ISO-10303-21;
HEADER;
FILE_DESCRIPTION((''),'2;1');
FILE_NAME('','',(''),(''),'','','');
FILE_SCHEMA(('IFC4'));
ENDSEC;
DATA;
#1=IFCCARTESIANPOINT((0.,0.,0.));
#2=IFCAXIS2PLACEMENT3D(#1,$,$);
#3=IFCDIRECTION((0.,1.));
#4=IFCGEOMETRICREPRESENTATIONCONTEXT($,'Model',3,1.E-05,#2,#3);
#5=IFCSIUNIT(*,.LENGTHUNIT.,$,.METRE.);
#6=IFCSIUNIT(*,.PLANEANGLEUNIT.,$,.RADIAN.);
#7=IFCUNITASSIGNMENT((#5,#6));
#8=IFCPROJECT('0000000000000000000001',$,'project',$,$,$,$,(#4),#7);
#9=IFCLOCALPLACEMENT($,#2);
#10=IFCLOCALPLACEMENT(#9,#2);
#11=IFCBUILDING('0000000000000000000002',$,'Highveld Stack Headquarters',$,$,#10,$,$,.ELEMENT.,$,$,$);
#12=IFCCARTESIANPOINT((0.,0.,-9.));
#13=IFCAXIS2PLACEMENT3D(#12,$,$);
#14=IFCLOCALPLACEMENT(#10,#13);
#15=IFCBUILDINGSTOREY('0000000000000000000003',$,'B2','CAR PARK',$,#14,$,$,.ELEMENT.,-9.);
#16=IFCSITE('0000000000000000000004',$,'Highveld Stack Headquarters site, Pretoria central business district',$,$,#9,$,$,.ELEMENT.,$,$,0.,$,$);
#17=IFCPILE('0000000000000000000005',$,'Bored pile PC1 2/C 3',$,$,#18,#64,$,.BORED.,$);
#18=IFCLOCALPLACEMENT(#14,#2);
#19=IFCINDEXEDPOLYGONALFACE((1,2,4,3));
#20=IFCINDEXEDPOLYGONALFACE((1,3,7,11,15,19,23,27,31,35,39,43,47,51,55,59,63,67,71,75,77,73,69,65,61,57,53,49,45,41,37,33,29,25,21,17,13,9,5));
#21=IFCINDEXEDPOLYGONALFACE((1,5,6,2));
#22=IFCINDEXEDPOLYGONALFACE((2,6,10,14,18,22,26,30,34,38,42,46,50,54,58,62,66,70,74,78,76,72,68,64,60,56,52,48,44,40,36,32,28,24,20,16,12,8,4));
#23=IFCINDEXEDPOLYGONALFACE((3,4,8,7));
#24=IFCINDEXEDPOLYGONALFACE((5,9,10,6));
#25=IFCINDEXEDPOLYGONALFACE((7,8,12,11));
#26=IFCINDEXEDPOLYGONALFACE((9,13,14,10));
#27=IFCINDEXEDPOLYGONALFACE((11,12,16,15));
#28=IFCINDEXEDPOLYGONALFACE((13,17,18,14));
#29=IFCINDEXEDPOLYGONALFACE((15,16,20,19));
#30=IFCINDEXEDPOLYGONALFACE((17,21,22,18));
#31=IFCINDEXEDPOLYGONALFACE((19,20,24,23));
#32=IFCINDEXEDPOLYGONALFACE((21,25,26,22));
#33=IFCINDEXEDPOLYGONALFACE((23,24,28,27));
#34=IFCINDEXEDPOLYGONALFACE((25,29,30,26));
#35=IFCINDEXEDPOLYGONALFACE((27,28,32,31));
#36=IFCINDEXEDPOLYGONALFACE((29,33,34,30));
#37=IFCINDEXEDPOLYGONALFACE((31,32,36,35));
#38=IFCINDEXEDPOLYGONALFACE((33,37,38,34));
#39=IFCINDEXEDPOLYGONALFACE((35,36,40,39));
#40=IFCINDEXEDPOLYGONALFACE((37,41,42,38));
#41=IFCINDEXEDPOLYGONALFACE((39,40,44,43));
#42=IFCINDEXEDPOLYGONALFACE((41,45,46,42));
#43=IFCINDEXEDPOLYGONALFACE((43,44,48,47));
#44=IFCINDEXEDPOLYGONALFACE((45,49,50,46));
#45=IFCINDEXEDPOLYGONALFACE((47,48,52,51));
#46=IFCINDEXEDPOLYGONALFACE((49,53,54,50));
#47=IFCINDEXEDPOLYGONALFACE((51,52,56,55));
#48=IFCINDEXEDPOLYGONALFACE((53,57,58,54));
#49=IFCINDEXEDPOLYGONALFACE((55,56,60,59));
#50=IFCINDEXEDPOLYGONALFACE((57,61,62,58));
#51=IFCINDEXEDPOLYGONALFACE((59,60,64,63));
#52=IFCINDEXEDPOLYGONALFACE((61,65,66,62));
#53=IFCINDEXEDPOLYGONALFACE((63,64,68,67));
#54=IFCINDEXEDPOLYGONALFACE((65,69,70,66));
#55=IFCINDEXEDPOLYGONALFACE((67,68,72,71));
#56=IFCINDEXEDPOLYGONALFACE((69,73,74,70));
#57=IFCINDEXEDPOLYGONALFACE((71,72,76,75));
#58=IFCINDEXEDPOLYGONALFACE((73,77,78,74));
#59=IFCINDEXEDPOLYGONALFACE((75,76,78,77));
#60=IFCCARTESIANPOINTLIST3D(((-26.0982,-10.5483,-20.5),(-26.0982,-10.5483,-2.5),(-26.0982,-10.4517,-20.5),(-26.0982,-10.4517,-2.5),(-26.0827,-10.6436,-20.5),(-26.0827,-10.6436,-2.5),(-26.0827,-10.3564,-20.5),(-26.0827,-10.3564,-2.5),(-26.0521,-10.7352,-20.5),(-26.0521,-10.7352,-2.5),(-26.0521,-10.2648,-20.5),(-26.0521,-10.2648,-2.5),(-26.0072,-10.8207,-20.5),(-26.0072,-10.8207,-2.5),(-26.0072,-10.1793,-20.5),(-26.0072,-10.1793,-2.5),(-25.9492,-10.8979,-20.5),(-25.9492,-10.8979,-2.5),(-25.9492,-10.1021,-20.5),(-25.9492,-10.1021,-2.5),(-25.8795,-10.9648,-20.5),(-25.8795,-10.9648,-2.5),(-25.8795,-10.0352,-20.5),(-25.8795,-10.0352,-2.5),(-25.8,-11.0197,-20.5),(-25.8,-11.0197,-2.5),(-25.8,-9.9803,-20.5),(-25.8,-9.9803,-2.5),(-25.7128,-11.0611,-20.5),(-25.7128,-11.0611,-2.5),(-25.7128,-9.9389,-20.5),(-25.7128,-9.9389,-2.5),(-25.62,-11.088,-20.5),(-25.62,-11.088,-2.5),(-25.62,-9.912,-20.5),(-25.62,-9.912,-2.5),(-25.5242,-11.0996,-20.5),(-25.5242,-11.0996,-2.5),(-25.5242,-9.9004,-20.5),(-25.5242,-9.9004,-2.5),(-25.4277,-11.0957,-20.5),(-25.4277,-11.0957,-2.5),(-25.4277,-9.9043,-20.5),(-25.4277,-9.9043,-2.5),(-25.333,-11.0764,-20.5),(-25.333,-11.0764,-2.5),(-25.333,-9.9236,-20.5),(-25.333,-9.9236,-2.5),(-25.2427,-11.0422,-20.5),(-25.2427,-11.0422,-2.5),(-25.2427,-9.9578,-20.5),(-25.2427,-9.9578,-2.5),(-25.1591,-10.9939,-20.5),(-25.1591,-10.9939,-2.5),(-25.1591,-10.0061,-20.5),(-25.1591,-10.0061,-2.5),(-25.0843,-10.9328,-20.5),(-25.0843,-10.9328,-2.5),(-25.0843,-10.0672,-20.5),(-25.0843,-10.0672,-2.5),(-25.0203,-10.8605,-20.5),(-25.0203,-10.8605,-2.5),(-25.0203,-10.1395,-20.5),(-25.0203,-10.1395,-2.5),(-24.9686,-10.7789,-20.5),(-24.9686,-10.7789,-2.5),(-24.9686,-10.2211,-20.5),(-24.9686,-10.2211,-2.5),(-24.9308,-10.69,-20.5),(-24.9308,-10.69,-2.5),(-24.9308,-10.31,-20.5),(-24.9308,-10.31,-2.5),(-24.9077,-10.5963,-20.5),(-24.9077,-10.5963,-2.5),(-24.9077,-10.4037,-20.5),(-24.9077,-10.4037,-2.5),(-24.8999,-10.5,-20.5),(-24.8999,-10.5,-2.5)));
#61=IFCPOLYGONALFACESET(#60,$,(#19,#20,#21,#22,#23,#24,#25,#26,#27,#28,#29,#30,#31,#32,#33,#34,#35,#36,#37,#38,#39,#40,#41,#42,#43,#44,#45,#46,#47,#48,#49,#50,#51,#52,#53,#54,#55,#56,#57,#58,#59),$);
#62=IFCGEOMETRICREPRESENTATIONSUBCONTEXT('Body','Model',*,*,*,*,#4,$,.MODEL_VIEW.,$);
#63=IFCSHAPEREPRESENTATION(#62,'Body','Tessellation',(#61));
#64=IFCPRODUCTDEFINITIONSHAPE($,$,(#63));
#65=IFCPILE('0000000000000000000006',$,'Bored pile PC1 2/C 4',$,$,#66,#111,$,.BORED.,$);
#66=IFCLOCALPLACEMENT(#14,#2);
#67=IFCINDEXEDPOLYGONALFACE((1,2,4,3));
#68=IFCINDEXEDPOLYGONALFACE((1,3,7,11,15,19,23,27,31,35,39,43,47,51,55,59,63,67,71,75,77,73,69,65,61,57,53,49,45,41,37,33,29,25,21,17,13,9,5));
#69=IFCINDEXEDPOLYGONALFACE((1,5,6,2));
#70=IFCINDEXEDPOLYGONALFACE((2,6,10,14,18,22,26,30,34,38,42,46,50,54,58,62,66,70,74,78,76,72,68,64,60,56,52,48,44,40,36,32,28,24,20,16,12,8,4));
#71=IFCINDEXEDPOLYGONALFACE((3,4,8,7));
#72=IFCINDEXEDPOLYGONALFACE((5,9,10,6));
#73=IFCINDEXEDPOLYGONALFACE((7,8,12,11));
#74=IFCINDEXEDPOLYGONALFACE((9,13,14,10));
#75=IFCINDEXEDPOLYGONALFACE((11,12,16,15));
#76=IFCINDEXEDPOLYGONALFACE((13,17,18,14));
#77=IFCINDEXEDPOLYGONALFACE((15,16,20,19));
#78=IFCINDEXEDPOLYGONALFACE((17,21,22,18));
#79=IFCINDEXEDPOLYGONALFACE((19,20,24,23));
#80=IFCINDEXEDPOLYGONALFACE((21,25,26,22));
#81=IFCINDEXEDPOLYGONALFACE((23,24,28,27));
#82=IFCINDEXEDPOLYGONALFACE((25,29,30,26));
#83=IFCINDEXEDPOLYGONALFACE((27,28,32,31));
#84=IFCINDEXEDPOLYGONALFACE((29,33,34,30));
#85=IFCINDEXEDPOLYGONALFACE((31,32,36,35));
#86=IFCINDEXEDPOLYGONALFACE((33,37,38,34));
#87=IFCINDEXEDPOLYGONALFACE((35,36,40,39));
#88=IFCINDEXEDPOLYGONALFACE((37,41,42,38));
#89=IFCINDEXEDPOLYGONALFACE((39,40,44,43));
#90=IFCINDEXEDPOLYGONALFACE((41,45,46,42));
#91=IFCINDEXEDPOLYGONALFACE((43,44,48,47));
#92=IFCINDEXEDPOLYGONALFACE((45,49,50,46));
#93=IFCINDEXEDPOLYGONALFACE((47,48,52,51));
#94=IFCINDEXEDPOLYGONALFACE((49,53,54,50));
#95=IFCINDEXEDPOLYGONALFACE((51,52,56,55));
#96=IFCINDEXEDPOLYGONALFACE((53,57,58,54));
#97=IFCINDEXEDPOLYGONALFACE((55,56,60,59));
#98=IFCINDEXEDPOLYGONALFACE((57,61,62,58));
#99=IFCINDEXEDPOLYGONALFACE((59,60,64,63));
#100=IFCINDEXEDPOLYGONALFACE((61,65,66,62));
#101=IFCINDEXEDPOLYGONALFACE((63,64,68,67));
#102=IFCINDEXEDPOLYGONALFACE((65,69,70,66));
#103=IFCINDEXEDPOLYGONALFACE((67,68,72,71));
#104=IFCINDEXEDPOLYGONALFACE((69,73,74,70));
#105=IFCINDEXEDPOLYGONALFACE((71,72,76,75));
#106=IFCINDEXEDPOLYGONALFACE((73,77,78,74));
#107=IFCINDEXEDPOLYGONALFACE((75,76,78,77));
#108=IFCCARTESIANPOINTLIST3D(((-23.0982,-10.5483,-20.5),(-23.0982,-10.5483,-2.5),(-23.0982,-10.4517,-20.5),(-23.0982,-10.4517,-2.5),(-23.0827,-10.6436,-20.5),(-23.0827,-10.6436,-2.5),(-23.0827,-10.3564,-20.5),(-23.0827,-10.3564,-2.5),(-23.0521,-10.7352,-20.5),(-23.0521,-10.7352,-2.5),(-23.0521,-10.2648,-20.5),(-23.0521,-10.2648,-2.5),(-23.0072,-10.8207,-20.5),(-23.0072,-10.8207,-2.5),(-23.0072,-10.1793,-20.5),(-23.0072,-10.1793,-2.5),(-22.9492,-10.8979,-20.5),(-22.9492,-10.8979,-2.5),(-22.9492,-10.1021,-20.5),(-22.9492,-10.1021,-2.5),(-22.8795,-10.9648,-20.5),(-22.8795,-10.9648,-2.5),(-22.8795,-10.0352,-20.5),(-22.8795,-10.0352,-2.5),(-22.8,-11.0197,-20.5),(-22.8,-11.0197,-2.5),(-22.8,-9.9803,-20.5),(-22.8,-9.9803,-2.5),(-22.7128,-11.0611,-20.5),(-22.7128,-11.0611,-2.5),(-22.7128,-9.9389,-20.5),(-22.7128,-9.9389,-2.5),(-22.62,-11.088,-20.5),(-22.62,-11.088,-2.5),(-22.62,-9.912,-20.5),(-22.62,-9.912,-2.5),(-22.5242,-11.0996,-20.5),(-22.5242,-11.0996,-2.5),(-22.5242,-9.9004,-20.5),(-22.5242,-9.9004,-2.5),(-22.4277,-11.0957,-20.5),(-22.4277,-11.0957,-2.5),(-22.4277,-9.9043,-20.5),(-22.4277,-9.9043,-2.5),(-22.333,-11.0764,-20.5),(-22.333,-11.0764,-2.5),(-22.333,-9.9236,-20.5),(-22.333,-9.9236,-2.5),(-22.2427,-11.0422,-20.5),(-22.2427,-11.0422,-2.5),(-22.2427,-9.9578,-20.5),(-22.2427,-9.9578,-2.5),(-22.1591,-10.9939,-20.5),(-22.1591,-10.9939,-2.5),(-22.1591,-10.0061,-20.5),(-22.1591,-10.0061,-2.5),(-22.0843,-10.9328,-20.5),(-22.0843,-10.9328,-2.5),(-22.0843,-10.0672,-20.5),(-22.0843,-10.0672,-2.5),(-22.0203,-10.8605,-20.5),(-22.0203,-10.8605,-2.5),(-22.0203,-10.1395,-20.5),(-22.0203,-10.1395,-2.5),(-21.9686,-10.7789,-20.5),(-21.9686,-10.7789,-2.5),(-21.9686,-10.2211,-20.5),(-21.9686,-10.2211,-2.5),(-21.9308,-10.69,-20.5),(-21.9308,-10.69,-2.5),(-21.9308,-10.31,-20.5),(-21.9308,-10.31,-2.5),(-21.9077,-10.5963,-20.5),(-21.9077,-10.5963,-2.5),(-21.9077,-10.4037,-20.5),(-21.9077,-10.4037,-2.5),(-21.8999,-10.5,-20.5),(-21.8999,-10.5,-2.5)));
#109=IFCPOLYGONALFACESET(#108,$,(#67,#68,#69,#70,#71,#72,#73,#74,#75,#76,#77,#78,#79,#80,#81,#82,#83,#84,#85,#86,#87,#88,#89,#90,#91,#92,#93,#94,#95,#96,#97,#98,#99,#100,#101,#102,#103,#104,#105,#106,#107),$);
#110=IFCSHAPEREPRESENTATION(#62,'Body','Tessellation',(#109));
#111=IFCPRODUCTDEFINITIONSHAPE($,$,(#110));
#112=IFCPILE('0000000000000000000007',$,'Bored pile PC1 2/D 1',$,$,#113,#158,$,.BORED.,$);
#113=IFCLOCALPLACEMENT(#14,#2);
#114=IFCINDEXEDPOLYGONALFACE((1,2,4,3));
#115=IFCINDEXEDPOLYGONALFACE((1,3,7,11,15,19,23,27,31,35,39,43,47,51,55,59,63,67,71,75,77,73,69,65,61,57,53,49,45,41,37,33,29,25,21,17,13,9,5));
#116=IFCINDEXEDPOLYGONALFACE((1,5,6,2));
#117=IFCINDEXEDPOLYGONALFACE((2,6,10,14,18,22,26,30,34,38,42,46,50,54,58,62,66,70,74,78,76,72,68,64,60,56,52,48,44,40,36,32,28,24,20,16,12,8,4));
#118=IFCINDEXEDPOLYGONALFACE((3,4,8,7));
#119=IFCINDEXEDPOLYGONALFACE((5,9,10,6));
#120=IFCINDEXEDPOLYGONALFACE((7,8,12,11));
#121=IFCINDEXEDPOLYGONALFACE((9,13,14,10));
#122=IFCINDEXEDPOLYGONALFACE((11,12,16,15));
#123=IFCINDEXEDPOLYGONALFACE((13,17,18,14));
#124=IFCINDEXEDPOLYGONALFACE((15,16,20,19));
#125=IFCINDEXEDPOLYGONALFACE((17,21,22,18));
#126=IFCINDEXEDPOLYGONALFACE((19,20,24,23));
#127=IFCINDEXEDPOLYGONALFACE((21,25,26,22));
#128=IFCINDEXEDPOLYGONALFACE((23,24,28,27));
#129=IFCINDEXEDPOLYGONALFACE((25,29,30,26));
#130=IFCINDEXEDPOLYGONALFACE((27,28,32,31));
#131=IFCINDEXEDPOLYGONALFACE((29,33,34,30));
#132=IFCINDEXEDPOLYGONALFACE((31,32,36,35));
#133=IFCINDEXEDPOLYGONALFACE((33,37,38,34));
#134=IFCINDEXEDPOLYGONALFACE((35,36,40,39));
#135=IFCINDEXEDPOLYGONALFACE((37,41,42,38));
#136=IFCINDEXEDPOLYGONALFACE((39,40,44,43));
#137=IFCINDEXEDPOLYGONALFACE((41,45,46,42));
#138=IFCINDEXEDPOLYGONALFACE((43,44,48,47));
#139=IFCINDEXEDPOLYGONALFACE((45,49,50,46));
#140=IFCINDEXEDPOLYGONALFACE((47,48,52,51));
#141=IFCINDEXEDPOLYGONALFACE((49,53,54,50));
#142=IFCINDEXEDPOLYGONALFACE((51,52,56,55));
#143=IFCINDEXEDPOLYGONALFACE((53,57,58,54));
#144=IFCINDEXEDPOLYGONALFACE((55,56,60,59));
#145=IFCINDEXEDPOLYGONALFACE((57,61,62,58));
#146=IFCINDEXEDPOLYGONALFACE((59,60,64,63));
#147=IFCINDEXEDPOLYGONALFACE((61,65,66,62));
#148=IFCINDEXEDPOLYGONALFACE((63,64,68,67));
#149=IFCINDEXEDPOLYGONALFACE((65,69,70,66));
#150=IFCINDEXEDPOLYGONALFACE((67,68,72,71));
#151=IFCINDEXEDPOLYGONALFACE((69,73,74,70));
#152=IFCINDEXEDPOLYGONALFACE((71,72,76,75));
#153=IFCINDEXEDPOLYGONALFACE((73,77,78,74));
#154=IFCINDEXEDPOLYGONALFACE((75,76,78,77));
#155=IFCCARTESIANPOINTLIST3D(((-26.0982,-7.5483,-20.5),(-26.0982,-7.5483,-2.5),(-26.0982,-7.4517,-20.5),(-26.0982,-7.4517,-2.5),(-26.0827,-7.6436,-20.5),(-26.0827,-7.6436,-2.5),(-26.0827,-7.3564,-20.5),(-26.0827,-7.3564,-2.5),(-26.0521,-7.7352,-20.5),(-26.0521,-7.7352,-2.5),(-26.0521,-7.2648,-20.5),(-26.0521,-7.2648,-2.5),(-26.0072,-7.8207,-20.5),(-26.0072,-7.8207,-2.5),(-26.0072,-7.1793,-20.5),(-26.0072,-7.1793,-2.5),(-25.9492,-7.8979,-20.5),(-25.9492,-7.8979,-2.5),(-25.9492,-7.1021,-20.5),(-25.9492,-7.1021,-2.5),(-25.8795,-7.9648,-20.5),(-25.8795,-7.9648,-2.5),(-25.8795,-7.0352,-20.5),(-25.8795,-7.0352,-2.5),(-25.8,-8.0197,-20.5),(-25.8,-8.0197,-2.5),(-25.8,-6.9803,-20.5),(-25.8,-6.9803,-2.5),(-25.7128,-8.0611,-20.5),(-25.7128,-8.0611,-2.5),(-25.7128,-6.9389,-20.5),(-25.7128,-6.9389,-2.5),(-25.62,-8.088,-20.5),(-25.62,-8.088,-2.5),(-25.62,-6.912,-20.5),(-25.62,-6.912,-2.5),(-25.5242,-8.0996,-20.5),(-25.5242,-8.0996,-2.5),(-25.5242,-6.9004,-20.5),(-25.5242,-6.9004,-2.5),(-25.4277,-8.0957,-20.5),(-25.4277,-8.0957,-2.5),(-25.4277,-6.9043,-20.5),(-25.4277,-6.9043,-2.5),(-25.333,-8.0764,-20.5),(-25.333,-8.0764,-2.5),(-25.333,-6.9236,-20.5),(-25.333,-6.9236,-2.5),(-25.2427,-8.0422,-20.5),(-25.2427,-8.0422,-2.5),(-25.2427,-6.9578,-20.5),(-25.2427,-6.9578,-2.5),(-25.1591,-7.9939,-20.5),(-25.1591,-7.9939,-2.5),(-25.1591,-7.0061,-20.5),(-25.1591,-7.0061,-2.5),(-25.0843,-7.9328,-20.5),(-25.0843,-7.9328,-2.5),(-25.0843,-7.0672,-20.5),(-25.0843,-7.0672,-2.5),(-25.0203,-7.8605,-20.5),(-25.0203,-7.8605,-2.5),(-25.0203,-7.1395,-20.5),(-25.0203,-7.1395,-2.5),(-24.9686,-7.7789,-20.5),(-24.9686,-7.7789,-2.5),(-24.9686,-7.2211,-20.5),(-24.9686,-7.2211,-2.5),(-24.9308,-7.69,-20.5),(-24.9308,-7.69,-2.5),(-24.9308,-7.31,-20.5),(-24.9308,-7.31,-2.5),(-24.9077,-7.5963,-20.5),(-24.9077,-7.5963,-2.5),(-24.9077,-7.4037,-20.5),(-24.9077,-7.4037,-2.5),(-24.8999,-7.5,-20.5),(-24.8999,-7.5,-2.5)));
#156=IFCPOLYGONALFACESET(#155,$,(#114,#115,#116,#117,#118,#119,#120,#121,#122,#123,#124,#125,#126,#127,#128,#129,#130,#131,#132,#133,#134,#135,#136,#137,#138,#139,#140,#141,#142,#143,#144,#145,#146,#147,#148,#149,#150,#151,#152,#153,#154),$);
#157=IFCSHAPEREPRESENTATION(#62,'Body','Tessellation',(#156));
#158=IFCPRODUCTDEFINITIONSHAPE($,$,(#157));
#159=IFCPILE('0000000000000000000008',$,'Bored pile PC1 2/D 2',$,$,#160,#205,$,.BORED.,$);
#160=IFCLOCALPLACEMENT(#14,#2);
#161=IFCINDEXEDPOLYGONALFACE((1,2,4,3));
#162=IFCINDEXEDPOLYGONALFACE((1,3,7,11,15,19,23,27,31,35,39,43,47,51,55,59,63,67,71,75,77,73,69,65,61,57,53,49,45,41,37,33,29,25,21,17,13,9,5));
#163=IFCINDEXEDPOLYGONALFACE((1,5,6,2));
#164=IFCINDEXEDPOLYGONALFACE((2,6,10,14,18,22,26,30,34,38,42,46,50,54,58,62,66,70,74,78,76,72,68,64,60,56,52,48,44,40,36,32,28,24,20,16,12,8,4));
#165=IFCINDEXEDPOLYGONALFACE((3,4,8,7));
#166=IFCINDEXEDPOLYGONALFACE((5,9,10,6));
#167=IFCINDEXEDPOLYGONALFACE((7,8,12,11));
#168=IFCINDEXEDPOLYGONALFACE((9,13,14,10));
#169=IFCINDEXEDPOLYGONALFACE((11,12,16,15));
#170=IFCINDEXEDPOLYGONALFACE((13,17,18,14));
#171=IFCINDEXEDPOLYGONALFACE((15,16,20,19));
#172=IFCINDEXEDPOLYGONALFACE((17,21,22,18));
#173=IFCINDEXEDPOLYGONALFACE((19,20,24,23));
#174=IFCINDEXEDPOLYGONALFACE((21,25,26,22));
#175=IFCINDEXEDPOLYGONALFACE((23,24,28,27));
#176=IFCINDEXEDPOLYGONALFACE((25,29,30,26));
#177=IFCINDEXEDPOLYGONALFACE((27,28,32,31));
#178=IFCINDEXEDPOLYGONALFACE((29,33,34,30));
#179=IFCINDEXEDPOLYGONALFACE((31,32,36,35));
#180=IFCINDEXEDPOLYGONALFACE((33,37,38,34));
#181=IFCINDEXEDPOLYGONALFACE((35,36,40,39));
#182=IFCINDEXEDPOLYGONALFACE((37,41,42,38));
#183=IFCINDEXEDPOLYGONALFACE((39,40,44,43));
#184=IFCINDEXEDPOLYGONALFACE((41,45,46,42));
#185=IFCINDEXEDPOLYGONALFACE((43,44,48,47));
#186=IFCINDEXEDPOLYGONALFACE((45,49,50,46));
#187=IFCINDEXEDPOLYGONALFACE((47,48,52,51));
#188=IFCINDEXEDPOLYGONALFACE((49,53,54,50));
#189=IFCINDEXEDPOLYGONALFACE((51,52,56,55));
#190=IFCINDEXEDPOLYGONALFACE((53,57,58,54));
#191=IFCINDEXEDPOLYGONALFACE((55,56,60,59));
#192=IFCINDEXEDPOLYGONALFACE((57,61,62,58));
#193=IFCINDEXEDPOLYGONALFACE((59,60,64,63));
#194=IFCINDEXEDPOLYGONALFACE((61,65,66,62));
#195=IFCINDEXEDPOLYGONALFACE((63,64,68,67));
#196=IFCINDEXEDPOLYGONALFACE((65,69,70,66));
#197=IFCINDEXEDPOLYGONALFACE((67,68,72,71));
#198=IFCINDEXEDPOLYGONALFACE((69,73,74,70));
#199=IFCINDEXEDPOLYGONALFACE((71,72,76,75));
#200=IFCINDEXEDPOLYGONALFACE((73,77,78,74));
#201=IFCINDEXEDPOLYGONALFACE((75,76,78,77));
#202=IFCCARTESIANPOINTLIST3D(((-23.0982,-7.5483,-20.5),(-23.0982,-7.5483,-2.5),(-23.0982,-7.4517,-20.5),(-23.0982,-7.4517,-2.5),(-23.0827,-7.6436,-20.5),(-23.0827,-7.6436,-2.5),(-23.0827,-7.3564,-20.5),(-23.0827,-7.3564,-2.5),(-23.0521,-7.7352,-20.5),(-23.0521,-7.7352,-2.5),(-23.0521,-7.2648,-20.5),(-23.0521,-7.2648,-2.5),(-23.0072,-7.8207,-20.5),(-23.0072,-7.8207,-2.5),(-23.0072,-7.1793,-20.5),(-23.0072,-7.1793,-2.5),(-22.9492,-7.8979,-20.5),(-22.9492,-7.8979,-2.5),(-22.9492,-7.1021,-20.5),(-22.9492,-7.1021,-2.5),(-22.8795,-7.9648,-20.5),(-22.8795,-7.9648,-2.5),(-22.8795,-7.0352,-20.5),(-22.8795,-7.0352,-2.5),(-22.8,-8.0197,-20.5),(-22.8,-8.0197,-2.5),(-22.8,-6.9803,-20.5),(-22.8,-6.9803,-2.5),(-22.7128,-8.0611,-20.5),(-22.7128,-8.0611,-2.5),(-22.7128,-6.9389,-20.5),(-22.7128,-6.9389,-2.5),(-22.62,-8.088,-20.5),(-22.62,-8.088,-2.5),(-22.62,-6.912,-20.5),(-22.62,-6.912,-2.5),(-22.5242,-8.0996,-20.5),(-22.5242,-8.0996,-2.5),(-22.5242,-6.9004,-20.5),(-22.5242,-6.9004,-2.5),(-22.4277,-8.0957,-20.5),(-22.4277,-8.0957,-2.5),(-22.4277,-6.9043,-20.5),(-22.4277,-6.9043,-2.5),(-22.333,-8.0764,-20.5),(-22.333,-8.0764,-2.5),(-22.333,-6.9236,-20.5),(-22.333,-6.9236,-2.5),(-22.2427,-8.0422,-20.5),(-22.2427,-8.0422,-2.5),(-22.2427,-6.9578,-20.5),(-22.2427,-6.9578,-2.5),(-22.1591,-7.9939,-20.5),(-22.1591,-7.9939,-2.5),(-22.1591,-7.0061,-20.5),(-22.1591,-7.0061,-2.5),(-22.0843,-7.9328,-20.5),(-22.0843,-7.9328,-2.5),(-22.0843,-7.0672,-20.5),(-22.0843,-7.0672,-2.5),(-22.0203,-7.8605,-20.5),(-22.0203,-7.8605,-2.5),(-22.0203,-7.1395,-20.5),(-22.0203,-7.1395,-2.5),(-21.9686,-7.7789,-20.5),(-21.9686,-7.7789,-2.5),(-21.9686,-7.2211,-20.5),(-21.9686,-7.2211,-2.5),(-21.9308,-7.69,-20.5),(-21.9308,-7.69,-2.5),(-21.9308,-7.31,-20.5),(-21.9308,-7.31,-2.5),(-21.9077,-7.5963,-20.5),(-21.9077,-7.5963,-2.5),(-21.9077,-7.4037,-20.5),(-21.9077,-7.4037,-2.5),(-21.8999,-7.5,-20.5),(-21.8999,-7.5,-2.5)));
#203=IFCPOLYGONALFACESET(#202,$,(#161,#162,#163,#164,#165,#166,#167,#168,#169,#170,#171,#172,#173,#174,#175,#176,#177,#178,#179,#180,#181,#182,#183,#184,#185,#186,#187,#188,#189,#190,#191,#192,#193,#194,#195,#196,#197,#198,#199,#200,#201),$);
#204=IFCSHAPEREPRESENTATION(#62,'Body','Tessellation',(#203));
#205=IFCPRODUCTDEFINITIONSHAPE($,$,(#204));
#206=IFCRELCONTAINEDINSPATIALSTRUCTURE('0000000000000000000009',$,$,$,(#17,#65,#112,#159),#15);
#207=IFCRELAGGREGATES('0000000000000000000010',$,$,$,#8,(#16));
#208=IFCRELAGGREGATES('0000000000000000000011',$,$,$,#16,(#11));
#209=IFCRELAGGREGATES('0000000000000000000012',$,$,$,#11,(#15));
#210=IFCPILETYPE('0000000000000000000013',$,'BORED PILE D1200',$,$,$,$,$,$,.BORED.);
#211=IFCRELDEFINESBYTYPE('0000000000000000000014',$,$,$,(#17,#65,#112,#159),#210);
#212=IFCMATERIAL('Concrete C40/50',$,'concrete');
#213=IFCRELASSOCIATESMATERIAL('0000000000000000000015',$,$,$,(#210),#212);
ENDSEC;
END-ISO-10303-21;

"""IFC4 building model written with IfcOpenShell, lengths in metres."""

from ifc_helpers import new_model, si_unit, direction, frame, origin, origin_2d, place, context, subcontext, project, spatial, circle, extrude, material, type_object, element, save


model = new_model("IFC4")

# Units and contexts
model_context = context("Model", 3, precision=1e-05, world=origin(), true_north=direction((0.0, 1.0)))
body_context = subcontext(model_context, "Body", "Model", "MODEL_VIEW")
ifc_project = project(units=[si_unit("LENGTHUNIT", "METRE"), si_unit("PLANEANGLEUNIT", "RADIAN")], contexts=[model_context])

# Site, building, storey
site_placement = place(None, origin())
site = spatial("IfcSite", under=ifc_project, at=site_placement, Name="Highveld Stack Headquarters site, Pretoria central business district", CompositionType="ELEMENT", RefElevation=0.0)
building_placement = place(site_placement, origin())
building = spatial("IfcBuilding", under=site, at=building_placement, Name="Highveld Stack Headquarters", CompositionType="ELEMENT")
storey_placement = place(building_placement, frame((0.0, 0.0, -9.0)))
storey = spatial("IfcBuildingStorey", under=building, at=storey_placement, Name="B2", Description="CAR PARK", CompositionType="ELEMENT", Elevation=-9.0)

# Piles
ifc_material_1 = material(Name="Concrete C40/50", Category="concrete")
pile_type_1 = type_object("IfcPileType", Name="BORED PILE D1200", PredefinedType="BORED", material=ifc_material_1)
for number, where, z_axis, x_axis, name in (
    (1, (-25.5, -10.5, -2.5), (0.0, 0.0, -1.0), (1.0, 0.0, 0.0), "Bored pile PC1 2/C 3"),
    (2, (-22.5, -10.5, -2.5), (0.0, 0.0, -1.0), (1.0, 0.0, 0.0), "Bored pile PC1 2/C 4"),
    (3, (-25.5, -7.5, -2.5), (0.0, 0.0, -1.0), (1.0, 0.0, 0.0), "Bored pile PC1 2/D 1"),
    (4, (-22.5, -7.5, -2.5), (0.0, 0.0, -1.0), (1.0, 0.0, 0.0), "Bored pile PC1 2/D 2"),
):
    element("IfcPile", number, at=place(storey_placement, frame(where, z_axis=z_axis, x_axis=x_axis)), inside=storey, type_object=pile_type_1, Name=name, PredefinedType="BORED", context=body_context, shape_type="SweptSolid", body=[
        extrude(circle(Radius=0.6001, at=origin_2d()), origin(), (0.0, 0.0, 1.0), 18.0),
    ])

save(model, "model.ifc")
